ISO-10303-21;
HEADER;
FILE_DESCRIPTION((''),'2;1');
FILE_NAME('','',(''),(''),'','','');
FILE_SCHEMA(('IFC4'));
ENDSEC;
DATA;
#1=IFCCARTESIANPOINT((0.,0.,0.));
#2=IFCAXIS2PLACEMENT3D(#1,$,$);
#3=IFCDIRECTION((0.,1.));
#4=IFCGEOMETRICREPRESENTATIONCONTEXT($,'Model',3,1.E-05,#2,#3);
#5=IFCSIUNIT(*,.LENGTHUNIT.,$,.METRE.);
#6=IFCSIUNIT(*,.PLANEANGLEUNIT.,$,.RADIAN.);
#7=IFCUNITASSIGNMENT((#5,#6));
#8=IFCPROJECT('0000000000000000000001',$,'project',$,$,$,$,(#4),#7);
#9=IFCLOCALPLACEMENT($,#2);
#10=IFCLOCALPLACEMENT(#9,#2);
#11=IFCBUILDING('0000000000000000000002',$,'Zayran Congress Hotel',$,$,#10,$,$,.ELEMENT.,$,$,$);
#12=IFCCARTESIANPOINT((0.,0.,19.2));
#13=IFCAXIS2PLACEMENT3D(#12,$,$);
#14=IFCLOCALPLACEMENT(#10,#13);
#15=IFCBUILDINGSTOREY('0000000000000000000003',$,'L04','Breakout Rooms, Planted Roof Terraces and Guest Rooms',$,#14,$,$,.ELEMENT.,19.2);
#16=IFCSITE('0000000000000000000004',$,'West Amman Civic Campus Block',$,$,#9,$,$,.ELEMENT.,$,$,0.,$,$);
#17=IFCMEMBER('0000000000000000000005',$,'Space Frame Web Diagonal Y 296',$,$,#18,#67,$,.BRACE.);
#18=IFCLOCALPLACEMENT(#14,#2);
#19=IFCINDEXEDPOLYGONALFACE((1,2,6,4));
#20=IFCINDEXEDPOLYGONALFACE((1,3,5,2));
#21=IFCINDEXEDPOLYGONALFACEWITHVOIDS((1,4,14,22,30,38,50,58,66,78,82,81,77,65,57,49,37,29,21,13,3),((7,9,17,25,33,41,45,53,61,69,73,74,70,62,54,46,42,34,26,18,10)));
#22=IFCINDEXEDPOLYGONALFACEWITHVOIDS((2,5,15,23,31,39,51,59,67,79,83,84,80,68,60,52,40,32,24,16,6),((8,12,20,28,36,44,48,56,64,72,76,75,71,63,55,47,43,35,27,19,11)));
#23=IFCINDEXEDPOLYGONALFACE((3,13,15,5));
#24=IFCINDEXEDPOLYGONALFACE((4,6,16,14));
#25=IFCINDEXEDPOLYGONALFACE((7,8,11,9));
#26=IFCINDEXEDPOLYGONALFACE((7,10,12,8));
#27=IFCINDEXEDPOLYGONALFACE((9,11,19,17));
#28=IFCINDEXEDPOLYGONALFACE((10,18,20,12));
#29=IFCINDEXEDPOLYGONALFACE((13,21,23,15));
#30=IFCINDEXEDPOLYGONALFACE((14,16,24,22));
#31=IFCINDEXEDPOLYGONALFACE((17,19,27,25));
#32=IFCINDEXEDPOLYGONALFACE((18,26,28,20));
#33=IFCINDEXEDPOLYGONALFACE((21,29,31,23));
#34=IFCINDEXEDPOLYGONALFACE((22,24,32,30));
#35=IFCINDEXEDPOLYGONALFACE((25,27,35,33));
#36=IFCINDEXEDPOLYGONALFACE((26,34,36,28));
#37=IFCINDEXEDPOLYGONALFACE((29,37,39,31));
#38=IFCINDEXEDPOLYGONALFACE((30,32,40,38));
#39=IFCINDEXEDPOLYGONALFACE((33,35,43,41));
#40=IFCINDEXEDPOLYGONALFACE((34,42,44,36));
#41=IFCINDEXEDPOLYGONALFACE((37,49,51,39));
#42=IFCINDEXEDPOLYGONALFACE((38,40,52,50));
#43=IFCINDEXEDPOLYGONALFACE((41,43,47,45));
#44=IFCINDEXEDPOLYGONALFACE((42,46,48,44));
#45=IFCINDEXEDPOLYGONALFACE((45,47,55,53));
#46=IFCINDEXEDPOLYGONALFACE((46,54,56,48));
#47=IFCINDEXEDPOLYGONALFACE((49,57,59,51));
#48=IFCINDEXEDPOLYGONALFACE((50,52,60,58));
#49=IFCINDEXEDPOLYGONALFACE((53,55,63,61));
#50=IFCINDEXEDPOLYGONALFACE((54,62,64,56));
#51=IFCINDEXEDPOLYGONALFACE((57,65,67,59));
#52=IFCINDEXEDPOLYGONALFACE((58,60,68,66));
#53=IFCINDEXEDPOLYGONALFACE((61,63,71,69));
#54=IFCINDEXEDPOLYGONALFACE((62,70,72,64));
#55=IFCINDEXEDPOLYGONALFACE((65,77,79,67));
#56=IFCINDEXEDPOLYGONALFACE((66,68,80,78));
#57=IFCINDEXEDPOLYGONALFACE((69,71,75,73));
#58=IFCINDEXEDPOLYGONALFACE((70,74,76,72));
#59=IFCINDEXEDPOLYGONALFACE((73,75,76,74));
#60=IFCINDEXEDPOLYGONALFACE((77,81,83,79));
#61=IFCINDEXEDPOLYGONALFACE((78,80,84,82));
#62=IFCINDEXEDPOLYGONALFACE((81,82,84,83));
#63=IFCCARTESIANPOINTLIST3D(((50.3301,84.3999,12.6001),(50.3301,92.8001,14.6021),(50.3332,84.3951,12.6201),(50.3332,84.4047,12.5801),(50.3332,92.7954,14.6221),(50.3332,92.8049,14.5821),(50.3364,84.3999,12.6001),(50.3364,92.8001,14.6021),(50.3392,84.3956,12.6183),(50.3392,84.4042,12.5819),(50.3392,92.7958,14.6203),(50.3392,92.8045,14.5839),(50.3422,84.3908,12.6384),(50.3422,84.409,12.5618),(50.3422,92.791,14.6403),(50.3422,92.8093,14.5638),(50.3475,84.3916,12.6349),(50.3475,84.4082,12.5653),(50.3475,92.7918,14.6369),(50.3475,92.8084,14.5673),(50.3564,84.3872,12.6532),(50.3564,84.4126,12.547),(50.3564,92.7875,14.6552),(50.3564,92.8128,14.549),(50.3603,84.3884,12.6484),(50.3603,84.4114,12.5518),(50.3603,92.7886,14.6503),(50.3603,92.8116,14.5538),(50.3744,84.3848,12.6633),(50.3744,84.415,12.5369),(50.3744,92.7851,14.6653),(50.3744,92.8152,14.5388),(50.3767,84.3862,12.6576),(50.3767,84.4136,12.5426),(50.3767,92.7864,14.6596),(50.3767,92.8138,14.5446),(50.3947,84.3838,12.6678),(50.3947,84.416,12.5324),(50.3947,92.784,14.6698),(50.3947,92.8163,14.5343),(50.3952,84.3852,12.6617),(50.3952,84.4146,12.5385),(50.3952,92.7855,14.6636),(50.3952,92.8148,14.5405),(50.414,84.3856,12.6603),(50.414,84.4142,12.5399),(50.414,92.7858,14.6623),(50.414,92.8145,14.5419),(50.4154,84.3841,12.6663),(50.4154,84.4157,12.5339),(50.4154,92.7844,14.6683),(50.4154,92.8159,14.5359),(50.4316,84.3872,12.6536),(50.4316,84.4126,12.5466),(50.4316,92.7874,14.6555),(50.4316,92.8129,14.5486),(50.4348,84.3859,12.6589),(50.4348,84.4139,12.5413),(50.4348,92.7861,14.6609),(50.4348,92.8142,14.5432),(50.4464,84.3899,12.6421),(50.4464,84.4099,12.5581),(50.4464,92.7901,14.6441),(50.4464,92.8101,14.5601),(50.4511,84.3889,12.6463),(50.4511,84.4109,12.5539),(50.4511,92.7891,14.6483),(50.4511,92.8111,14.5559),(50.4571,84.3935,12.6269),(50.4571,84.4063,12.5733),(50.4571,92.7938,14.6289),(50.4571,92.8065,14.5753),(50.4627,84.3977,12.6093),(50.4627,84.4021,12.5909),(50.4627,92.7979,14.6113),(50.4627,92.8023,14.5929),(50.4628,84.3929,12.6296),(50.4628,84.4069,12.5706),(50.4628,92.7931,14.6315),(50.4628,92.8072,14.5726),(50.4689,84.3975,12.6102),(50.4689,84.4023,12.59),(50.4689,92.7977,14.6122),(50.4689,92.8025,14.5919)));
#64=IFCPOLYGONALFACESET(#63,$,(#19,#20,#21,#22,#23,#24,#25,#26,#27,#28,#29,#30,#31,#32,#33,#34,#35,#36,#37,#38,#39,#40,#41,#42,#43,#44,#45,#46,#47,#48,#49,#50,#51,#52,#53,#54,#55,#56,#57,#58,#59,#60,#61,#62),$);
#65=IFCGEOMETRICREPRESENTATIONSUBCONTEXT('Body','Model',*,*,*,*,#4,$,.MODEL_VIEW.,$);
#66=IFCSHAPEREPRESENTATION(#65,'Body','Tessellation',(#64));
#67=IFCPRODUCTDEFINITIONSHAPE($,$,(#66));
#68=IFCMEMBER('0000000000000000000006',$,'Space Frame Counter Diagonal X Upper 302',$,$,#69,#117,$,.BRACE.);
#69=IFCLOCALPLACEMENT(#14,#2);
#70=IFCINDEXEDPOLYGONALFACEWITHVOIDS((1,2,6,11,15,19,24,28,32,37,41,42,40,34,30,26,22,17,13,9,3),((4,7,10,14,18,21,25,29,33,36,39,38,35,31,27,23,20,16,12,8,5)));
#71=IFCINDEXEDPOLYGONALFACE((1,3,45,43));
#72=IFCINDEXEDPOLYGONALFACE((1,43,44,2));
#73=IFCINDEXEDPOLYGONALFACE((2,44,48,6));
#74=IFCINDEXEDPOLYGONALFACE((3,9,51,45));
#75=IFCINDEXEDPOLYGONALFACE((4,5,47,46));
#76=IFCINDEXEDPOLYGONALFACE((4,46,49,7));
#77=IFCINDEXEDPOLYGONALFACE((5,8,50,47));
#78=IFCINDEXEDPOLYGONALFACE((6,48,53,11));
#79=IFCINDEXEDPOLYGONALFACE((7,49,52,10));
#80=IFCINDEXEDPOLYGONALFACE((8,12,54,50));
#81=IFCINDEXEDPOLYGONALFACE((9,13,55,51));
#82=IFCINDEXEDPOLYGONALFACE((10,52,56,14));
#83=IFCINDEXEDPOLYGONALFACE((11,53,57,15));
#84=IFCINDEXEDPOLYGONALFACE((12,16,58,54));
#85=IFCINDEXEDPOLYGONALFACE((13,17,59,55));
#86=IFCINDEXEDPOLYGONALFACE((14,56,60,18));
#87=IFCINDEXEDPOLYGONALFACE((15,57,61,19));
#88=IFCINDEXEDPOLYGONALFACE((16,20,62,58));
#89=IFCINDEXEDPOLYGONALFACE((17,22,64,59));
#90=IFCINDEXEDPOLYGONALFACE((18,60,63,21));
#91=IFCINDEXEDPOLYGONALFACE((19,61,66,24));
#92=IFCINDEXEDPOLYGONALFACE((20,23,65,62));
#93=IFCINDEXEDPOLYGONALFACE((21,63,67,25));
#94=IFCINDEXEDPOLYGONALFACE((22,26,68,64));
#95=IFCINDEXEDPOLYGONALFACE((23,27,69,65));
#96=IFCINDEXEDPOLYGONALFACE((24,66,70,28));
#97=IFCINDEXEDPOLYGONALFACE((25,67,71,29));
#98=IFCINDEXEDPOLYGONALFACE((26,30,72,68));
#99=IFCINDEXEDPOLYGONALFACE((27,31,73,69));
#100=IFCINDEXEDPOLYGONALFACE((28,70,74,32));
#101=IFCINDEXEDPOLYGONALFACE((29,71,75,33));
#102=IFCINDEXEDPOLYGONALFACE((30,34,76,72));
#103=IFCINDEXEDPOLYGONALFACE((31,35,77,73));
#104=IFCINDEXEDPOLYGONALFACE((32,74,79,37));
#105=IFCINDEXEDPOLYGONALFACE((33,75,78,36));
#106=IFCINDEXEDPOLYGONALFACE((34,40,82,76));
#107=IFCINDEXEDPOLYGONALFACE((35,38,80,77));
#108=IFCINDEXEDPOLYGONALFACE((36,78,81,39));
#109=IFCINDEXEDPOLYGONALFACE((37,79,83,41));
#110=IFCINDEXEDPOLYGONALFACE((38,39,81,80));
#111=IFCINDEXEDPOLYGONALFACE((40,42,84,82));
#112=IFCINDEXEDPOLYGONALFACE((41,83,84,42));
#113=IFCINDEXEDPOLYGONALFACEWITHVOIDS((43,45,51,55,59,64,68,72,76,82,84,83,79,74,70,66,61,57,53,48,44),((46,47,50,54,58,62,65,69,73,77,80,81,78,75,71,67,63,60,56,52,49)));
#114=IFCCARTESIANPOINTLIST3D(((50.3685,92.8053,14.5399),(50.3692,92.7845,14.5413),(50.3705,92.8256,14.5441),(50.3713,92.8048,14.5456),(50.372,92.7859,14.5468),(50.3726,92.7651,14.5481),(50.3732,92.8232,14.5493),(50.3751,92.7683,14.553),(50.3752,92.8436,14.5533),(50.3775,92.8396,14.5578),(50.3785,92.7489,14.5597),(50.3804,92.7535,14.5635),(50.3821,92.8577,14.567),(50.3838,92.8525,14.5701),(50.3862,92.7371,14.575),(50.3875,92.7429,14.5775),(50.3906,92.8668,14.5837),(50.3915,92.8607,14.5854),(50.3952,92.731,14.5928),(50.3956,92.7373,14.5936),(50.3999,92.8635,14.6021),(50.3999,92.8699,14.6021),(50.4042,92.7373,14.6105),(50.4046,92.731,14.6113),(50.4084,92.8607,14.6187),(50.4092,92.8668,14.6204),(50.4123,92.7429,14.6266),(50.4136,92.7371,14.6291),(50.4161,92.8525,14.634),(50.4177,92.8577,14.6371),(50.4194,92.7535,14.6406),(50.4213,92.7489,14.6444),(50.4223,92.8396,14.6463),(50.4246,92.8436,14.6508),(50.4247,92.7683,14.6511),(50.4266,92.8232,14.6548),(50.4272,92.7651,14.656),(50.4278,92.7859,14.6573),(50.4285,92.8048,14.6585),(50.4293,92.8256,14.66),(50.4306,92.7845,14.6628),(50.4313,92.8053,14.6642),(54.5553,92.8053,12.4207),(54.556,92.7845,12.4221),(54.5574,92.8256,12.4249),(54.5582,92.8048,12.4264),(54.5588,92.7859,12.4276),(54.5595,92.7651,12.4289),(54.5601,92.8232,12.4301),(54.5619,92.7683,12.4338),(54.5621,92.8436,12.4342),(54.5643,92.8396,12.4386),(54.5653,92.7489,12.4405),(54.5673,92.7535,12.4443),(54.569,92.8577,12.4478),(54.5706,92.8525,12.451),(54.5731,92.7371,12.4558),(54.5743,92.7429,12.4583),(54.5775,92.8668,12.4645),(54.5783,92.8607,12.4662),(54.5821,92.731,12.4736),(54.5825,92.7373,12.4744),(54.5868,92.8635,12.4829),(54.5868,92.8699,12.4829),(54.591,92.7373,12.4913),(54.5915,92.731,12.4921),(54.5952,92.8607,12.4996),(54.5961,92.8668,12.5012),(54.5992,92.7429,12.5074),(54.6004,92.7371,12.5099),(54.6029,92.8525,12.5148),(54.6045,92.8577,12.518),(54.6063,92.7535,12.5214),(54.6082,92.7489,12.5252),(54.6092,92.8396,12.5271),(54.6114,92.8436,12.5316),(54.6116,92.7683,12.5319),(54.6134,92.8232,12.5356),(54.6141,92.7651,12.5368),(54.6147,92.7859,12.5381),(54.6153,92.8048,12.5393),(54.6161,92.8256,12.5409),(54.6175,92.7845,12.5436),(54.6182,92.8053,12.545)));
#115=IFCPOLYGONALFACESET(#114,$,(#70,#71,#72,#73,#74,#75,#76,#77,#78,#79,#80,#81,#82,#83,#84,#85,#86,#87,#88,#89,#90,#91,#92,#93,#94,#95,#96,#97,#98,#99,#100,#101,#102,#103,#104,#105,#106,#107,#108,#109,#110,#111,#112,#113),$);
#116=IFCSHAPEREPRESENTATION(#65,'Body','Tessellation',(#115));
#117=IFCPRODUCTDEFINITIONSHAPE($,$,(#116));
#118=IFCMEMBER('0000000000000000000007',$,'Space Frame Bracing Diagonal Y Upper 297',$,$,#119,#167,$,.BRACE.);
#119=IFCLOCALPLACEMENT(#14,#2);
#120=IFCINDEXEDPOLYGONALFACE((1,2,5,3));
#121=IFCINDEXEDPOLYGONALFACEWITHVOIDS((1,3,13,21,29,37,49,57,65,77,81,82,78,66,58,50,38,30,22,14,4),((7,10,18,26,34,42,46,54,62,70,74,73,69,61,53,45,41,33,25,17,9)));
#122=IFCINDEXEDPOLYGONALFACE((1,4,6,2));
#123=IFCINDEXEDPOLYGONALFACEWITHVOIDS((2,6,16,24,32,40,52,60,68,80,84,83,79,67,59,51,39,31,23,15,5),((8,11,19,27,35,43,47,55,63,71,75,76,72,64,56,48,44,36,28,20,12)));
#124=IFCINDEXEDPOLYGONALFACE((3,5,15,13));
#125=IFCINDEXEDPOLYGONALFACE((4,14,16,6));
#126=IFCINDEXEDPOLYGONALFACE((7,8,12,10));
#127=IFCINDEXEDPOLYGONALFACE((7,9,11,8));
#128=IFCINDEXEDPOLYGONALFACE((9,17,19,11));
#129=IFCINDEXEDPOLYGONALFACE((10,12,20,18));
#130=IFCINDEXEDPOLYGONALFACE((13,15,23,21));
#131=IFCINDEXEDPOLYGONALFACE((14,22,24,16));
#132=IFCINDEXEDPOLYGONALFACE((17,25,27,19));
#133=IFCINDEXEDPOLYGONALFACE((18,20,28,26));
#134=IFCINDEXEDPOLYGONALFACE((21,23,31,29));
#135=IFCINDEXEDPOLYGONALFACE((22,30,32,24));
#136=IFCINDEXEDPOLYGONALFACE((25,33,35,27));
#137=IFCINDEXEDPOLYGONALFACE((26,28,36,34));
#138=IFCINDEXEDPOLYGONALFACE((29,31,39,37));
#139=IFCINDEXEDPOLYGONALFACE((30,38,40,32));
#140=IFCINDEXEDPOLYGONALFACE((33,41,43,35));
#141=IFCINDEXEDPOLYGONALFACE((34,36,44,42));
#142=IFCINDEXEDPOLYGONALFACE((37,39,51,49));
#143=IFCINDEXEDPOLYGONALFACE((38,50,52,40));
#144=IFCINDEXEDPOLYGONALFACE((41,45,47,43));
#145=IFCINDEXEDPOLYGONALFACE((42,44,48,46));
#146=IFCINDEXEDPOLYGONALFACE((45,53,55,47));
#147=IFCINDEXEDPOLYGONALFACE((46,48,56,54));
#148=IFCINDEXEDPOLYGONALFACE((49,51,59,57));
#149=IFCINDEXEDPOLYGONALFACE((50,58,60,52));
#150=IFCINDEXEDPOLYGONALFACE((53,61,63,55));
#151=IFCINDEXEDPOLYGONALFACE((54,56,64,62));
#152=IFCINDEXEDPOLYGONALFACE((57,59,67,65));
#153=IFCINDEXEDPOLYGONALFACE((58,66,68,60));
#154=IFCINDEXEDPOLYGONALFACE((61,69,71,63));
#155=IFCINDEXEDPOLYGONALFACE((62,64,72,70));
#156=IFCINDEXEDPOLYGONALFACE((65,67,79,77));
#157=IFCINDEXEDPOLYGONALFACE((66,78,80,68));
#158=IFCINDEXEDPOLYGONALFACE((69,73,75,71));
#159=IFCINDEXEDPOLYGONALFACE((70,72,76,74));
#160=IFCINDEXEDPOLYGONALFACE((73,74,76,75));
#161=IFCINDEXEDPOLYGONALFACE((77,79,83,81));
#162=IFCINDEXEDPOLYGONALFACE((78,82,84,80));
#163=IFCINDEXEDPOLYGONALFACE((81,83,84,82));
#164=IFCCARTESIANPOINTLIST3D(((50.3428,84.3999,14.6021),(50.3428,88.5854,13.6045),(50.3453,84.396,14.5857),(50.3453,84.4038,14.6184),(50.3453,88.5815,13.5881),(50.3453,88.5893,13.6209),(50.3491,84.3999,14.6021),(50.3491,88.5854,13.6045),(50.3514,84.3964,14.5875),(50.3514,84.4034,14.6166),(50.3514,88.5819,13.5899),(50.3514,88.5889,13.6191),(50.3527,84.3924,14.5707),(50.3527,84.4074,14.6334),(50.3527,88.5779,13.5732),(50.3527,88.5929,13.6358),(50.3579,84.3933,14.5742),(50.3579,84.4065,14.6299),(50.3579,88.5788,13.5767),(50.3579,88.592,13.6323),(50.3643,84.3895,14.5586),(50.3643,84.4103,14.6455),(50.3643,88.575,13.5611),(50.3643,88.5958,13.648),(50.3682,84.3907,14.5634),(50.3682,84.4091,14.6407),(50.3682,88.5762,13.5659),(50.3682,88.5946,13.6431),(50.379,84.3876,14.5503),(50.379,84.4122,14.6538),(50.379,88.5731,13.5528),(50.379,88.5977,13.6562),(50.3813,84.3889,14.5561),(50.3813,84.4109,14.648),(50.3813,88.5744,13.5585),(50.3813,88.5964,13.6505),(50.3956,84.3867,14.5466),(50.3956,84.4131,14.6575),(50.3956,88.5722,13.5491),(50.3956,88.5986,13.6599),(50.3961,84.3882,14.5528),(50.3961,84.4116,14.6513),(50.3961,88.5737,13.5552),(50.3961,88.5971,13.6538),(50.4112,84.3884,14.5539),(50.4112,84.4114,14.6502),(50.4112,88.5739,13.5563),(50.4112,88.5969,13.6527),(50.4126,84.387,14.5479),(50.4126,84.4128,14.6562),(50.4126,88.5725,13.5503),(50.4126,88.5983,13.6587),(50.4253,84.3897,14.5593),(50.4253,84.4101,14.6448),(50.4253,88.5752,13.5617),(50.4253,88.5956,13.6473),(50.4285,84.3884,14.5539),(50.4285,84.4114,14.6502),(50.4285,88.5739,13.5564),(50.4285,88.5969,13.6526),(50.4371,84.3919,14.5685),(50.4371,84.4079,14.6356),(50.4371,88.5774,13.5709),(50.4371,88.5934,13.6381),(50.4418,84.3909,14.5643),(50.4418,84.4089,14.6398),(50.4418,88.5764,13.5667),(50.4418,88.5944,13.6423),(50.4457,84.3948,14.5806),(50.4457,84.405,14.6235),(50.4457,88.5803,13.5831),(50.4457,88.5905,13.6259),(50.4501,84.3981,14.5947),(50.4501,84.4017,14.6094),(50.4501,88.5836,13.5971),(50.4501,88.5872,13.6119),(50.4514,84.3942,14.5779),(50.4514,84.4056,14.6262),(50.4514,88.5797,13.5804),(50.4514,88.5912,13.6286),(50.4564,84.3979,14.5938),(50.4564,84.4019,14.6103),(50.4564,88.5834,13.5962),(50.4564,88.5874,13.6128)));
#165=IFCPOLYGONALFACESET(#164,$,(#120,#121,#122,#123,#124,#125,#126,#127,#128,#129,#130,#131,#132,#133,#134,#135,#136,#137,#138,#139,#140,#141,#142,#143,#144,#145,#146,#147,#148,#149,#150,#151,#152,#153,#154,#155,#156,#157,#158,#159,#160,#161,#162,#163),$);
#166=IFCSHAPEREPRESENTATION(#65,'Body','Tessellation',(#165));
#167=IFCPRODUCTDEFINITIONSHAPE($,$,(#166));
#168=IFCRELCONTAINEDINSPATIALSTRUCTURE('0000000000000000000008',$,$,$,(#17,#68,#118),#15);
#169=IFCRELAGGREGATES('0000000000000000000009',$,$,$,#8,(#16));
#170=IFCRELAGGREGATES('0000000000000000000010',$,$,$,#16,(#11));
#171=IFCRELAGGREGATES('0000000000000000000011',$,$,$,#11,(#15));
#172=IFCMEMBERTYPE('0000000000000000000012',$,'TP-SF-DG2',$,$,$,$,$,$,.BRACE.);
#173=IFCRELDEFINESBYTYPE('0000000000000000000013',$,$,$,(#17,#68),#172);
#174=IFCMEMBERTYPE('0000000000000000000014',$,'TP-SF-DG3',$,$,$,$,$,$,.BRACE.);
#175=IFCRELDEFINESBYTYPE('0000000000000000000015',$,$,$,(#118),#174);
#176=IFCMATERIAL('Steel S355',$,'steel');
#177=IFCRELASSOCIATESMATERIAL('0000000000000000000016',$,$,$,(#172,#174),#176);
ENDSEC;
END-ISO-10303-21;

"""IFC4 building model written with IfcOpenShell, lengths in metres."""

from ifc_helpers import new_model, si_unit, direction, frame, origin, origin_2d, place, context, subcontext, project, spatial, hollow_circle, extrude, material, material_profile, profile_set, type_object, element, save


model = new_model("IFC4")

# Units and contexts
model_context = context("Model", 3, precision=1e-05, world=origin(), true_north=direction((0.0, 1.0)))
body_context = subcontext(model_context, "Body", "Model", "MODEL_VIEW")
ifc_project = project(units=[si_unit("LENGTHUNIT", "METRE"), si_unit("PLANEANGLEUNIT", "RADIAN")], contexts=[model_context])

# Site, building, storey
site_placement = place(None, origin())
site = spatial("IfcSite", under=ifc_project, at=site_placement, Name="West Amman Civic Campus Block", CompositionType="ELEMENT", RefElevation=0.0)
building_placement = place(site_placement, origin())
building = spatial("IfcBuilding", under=site, at=building_placement, Name="Zayran Congress Hotel", CompositionType="ELEMENT")
storey_placement = place(building_placement, frame((0.0, 0.0, 19.2)))
storey = spatial("IfcBuildingStorey", under=building, at=storey_placement, Name="L04", Description="Breakout Rooms, Planted Roof Terraces and Guest Rooms", CompositionType="ELEMENT", Elevation=19.2)

# Members
ifc_material_1 = material(Name="Steel S355", Category="steel")
ifc_material_profile_1 = material_profile(ifc_material_1, hollow_circle(Radius=0.0698, WallThickness=0.0063, at=origin_2d()), Name="CHS 139.7x6.3")
ifc_profile_set_1 = profile_set([ifc_material_profile_1], Name="Steel S355")
member_type_1 = type_object("IfcMemberType", Name="TP-SF-DG2", PredefinedType="BRACE", material=ifc_profile_set_1)
member_1_placement = place(storey_placement, frame((50.3999, 84.3999, 12.6001), z_axis=(0.0, 0.972756, 0.231831), x_axis=(-1.0, 0.0, 0.0)))
element("IfcMember", 1, at=member_1_placement, inside=storey, type_object=member_type_1, Name="Space Frame Web Diagonal Y 296", PredefinedType="BRACE", context=body_context, shape_type="SweptSolid", body=[
    extrude(hollow_circle(Radius=0.0698, WallThickness=0.0063, at=origin_2d()), origin(), (0.0, 0.0, 1.0), 8.6355),
])
member_2_placement = place(storey_placement, frame((50.3999, 92.8, 14.6021), z_axis=(0.892221, 0.0, -0.451599), x_axis=(0.0, 1.0, 0.0)))
element("IfcMember", 2, at=member_2_placement, inside=storey, type_object=member_type_1, Name="Space Frame Counter Diagonal X Upper 302", PredefinedType="BRACE", context=body_context, shape_type="SweptSolid", body=[
    extrude(hollow_circle(Radius=0.0698, WallThickness=0.0063, at=origin_2d()), origin(), (0.0, 0.0, 1.0), 4.6926),
])
ifc_material_profile_2 = material_profile(ifc_material_1, hollow_circle(Radius=0.0571, WallThickness=0.0063, at=origin_2d()), Name="CHS 114.3x6.3")
ifc_profile_set_2 = profile_set([ifc_material_profile_2], Name="Steel S355")
member_type_2 = type_object("IfcMemberType", Name="TP-SF-DG3", PredefinedType="BRACE", material=ifc_profile_set_2)
for number, where, z_axis, x_axis, name in (
    (3, (50.3999, 84.3999, 14.6021), (0.0, 0.972754, -0.23184), (-1.0, 0.0, 0.0), "Space Frame Bracing Diagonal Y Upper 297"),
):
    element("IfcMember", number, at=place(storey_placement, frame(where, z_axis=z_axis, x_axis=x_axis)), inside=storey, type_object=member_type_2, Name=name, PredefinedType="BRACE", context=body_context, shape_type="SweptSolid", body=[
        extrude(hollow_circle(Radius=0.0571, WallThickness=0.0063, at=origin_2d()), origin(), (0.0, 0.0, 1.0), 4.3027),
    ])

save(model, "model.ifc")
